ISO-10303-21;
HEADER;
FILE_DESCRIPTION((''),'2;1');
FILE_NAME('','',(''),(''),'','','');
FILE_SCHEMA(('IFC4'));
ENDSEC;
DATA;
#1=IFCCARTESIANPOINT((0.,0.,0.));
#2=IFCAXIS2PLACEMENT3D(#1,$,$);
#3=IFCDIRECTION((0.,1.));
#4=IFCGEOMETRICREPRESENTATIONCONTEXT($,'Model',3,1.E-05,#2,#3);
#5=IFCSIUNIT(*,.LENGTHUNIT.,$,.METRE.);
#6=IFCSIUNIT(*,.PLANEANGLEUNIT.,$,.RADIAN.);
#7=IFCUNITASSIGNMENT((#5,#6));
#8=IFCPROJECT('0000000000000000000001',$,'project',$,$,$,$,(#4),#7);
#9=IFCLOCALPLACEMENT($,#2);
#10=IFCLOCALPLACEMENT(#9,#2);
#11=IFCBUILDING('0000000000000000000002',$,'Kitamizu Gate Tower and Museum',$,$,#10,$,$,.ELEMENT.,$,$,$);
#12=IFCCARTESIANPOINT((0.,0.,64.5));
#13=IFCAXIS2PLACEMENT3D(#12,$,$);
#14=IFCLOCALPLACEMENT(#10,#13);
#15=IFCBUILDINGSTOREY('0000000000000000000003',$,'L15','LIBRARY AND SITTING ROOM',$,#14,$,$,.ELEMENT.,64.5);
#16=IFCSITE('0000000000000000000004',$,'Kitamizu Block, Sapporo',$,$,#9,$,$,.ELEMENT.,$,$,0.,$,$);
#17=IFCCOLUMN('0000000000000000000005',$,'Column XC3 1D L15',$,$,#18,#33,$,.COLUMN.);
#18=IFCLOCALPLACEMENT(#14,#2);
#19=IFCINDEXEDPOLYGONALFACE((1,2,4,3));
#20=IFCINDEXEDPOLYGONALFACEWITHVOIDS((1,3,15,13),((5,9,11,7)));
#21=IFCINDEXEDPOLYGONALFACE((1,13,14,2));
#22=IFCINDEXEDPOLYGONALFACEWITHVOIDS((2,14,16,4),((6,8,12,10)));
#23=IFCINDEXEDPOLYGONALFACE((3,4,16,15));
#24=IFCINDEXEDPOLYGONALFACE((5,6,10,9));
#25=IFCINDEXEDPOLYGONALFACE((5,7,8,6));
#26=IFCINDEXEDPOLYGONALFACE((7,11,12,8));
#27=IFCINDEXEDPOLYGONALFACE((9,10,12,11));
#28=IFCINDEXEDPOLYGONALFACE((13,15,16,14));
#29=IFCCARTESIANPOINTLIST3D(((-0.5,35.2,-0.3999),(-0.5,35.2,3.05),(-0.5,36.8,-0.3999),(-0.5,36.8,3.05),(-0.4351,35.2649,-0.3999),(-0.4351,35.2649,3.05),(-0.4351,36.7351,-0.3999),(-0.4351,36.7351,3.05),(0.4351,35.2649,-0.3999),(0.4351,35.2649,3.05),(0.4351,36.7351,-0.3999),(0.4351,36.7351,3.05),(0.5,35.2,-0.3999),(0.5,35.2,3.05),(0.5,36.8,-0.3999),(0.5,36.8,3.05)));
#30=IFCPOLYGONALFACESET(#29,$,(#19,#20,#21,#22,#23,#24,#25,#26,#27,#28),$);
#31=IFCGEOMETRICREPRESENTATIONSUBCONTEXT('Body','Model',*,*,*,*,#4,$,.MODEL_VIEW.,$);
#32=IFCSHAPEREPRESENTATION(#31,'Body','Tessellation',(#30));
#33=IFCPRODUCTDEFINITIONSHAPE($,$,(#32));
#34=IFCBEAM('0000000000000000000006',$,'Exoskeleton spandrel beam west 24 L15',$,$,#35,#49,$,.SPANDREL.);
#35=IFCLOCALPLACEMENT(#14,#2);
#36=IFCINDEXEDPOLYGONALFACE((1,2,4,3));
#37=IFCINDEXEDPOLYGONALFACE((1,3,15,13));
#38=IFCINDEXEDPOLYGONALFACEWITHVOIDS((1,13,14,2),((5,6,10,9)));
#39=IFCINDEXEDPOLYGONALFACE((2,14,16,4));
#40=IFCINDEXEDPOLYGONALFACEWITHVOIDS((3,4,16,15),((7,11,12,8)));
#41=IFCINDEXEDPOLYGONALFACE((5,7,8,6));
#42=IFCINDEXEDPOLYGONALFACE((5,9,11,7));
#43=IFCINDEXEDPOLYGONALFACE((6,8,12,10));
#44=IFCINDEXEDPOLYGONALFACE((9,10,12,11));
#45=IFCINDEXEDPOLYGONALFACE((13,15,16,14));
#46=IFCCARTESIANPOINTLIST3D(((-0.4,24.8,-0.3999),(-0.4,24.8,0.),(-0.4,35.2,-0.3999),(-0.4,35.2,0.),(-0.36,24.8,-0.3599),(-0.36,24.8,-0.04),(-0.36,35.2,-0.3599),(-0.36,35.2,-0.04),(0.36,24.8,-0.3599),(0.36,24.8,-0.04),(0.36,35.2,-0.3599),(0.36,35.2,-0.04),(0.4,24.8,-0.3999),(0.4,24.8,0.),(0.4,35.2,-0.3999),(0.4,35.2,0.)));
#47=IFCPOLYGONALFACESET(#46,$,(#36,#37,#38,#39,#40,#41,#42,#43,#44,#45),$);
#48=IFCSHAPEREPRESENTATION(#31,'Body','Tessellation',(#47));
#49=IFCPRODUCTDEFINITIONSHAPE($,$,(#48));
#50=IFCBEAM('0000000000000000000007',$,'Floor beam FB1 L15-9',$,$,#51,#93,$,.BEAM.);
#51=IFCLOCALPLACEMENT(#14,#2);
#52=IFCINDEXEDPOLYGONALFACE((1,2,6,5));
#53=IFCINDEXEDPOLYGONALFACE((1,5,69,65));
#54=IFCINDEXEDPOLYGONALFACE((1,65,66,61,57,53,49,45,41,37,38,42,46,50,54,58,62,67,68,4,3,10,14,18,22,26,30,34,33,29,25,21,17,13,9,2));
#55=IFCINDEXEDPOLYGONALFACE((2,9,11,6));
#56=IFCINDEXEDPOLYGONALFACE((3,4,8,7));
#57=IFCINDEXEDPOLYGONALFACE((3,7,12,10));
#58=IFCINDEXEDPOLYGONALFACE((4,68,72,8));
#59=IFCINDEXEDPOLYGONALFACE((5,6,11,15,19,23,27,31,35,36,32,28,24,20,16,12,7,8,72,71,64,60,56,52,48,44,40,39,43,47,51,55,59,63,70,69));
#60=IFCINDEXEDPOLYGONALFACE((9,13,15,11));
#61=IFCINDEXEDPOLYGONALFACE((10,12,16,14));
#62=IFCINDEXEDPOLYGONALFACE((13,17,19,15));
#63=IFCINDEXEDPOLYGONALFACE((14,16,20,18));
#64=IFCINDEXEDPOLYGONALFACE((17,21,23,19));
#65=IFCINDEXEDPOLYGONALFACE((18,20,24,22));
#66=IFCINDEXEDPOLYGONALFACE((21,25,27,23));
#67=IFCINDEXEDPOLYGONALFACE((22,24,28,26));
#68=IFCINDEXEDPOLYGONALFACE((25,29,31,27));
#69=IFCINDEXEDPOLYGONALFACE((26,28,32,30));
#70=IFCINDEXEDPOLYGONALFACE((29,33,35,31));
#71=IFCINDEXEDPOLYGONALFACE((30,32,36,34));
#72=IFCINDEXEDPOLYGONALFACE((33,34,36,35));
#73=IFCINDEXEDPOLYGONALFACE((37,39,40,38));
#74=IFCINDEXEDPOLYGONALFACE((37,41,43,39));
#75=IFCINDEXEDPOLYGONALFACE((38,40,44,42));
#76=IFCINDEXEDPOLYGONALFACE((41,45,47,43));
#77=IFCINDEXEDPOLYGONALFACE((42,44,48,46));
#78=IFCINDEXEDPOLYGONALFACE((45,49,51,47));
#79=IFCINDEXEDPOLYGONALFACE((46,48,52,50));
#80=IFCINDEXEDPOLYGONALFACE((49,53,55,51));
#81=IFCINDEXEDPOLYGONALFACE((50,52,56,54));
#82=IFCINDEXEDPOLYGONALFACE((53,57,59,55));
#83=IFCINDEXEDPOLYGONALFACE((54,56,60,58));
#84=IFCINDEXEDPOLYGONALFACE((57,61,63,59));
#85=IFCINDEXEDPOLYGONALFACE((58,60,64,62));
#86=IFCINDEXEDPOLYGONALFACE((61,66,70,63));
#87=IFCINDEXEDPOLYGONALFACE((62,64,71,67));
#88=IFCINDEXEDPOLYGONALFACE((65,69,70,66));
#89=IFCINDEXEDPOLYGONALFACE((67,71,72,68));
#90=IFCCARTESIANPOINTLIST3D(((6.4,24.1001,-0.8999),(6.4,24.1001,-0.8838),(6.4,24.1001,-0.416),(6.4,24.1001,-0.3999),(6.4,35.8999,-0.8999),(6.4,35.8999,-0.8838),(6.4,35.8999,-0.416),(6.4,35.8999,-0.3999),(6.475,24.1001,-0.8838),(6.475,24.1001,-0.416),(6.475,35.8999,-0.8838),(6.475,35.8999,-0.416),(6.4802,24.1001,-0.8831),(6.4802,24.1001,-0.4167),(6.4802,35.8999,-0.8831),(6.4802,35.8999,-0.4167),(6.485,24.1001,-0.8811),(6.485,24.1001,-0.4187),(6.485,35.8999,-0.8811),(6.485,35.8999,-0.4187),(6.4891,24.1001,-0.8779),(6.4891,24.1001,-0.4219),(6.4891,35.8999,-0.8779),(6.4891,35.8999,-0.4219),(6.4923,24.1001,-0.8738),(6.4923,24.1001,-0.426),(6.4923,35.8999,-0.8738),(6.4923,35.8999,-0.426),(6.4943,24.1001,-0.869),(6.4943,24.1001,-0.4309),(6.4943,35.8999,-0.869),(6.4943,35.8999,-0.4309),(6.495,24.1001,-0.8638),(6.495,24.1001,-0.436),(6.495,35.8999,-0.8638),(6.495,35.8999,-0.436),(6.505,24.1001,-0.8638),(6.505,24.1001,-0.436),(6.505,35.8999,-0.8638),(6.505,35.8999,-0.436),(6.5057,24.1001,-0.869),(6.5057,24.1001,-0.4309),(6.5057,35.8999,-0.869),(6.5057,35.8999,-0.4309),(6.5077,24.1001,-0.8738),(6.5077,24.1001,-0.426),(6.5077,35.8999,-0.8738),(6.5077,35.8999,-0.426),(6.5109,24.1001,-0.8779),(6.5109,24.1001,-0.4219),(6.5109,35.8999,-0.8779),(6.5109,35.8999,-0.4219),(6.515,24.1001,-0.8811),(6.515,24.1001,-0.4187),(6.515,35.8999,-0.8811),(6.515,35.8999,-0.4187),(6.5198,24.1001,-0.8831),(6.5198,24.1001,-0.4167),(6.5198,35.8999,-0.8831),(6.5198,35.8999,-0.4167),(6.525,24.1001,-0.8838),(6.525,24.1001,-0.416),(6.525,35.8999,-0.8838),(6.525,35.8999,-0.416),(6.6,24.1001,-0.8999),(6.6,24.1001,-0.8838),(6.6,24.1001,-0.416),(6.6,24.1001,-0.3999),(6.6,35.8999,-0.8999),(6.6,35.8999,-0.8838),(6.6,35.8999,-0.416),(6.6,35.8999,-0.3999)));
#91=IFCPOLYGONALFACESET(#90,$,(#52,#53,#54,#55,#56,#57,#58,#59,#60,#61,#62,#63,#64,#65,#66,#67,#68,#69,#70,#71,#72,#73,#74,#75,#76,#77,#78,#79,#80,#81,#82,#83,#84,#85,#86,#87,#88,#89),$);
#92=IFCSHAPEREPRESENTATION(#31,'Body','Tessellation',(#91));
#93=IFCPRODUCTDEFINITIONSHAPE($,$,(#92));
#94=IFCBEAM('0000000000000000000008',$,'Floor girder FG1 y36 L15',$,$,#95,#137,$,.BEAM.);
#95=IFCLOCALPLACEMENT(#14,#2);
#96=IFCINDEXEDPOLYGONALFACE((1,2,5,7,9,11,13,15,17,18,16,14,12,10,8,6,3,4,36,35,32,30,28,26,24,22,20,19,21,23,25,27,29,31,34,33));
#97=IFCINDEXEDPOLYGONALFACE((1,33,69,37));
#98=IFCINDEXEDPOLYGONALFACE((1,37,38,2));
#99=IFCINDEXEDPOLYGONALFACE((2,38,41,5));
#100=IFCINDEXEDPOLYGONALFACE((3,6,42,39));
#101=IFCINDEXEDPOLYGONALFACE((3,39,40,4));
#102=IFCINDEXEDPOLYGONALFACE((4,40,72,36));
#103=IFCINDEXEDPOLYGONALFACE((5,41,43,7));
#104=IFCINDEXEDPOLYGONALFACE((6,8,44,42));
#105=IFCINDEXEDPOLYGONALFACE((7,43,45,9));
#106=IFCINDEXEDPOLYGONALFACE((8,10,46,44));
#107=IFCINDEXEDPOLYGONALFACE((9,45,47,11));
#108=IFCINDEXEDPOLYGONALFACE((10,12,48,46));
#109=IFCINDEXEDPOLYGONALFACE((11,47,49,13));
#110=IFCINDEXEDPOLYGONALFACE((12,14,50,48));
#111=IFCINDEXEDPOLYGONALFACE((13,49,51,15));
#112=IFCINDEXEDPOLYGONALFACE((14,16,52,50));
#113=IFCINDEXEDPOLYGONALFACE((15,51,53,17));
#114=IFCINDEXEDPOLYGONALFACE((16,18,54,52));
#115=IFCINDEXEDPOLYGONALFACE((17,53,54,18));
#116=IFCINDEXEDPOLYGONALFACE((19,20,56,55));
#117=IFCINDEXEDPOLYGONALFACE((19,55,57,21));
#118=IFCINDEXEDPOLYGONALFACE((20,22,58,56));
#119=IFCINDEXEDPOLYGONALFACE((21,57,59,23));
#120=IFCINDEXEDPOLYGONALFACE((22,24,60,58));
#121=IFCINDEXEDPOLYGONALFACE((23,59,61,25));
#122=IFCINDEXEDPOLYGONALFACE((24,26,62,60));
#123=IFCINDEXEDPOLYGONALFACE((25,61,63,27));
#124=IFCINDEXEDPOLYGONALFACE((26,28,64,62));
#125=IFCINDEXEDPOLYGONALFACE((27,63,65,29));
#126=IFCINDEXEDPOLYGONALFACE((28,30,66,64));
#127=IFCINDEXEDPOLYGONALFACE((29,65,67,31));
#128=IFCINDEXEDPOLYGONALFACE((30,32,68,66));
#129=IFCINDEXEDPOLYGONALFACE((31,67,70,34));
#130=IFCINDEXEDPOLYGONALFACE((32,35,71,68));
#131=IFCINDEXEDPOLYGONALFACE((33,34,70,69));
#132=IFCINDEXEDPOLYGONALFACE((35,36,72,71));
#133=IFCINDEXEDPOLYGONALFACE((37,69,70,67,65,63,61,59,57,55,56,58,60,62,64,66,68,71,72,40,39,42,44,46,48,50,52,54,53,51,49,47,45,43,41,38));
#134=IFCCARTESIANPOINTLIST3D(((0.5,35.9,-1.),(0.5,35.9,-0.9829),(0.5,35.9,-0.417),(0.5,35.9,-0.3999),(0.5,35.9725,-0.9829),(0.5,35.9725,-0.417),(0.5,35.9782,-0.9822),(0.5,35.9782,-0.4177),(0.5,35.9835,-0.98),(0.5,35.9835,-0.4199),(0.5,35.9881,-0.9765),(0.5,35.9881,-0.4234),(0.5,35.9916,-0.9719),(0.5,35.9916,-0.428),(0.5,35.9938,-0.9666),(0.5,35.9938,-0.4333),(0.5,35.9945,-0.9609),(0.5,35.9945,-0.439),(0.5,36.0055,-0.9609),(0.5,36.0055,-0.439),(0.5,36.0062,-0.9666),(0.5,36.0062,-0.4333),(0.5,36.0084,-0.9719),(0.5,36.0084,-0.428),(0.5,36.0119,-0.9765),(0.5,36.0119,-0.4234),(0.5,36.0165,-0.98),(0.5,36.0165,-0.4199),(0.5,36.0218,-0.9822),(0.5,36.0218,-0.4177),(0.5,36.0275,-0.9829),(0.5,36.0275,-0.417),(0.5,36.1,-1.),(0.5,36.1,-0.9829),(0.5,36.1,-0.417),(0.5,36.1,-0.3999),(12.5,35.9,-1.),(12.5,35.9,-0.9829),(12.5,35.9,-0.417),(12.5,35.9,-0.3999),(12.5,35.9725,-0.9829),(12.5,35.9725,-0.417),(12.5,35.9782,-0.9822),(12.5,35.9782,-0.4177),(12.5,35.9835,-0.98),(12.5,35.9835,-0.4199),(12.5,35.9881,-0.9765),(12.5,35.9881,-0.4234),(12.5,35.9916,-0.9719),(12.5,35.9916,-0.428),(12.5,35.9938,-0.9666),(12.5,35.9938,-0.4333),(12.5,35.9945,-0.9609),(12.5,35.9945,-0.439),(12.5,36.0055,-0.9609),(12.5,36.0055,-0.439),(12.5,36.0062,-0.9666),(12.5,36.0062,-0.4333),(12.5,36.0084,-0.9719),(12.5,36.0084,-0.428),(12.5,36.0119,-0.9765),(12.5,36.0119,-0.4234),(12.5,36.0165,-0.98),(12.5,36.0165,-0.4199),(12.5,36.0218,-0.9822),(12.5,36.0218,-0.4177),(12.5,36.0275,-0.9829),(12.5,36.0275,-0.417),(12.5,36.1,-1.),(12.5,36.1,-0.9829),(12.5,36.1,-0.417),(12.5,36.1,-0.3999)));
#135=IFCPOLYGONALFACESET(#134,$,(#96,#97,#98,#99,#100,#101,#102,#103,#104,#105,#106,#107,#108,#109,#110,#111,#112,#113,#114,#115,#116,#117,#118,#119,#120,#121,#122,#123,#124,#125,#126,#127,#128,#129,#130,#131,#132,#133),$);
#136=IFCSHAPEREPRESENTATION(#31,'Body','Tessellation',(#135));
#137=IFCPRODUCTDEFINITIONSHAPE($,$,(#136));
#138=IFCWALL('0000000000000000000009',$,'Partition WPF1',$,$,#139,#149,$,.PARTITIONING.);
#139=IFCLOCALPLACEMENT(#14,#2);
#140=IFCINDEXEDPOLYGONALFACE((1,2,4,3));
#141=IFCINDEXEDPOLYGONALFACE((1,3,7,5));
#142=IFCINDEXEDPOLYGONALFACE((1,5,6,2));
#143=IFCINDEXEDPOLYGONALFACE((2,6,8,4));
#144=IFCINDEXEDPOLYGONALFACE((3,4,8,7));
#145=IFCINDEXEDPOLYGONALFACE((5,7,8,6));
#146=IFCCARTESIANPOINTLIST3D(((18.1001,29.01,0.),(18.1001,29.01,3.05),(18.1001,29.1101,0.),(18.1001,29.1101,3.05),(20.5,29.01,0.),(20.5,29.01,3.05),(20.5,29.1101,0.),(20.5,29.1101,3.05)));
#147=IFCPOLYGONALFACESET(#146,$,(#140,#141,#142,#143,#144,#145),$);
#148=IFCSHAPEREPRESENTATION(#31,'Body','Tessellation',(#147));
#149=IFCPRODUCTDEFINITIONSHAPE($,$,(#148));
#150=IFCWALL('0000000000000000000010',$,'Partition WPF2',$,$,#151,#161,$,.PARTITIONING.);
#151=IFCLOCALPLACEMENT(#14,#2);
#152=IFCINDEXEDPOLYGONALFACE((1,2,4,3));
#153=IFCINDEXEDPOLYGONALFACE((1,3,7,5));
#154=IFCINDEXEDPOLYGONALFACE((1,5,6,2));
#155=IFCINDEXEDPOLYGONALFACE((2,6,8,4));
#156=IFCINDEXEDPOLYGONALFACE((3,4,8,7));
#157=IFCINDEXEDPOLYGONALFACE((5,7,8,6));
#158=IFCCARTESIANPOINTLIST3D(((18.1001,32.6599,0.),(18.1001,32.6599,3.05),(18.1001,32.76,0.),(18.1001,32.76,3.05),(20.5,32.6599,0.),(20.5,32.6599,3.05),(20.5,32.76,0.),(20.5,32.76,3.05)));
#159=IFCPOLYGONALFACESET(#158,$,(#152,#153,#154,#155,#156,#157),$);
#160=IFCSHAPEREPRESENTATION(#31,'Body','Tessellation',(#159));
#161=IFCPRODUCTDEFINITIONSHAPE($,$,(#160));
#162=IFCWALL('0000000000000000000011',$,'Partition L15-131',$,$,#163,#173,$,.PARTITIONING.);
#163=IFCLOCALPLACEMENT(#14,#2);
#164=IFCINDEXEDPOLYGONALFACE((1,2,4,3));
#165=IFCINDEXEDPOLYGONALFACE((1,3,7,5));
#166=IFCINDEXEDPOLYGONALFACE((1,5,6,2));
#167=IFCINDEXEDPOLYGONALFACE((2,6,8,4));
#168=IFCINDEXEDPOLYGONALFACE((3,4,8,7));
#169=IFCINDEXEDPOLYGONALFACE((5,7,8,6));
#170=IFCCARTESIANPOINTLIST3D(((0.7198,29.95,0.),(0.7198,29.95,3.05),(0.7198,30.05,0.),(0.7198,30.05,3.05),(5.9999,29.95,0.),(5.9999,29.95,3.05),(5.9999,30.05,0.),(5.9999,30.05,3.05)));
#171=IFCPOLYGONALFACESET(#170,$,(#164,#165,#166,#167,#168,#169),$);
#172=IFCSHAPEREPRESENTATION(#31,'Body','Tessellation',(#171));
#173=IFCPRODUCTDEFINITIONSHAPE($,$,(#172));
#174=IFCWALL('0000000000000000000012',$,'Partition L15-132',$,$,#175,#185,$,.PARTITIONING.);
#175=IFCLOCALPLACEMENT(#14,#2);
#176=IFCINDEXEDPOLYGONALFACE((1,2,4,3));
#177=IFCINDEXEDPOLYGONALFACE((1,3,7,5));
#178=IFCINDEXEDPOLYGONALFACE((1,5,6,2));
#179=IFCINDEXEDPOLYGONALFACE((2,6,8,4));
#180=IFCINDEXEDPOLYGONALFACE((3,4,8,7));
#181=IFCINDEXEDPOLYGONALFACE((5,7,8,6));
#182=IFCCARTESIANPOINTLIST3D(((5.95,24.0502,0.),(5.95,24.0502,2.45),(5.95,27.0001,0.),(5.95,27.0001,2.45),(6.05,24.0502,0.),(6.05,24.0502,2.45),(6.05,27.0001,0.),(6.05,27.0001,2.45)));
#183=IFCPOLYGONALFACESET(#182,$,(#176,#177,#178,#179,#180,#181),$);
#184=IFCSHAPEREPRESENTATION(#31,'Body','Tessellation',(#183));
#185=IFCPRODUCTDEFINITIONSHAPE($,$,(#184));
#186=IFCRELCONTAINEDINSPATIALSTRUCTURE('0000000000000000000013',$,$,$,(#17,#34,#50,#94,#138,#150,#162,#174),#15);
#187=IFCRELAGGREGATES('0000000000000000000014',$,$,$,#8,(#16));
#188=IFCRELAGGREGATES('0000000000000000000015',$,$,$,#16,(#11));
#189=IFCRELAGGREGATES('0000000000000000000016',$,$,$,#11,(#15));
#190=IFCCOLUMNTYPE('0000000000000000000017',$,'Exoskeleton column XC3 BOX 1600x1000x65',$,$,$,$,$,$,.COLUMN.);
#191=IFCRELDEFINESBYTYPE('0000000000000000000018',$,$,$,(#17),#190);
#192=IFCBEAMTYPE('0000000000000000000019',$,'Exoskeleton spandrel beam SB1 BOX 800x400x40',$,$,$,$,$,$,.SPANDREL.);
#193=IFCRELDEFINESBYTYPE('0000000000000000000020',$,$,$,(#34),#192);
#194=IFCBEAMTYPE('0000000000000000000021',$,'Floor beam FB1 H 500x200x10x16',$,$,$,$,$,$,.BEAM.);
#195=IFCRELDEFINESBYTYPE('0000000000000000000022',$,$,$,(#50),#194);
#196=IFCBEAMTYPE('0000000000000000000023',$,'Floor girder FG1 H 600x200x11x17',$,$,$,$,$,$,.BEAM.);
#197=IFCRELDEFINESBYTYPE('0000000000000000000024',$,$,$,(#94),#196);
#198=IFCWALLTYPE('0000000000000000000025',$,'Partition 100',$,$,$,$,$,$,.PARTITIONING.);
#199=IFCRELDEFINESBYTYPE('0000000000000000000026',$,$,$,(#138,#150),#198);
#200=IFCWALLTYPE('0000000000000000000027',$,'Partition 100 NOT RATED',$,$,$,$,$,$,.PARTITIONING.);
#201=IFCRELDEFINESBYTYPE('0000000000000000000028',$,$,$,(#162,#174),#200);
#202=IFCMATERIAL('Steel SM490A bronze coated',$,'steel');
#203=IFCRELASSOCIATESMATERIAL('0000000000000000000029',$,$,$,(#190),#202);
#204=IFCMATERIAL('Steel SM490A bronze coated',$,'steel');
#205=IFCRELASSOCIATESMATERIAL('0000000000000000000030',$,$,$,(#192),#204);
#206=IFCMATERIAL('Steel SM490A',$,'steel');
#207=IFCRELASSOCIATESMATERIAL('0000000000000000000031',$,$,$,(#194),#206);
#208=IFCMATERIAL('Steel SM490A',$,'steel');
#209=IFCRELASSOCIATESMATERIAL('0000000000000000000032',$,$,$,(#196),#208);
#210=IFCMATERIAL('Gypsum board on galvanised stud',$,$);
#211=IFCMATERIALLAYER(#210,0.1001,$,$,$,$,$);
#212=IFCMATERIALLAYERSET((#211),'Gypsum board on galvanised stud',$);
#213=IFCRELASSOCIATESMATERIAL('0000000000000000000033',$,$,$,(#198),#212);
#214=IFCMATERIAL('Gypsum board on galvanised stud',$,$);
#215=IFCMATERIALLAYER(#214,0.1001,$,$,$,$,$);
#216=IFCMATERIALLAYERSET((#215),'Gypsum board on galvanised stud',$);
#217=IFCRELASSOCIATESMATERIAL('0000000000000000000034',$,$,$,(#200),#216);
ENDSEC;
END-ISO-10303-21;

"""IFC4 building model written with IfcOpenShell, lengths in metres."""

from ifc_helpers import new_model, si_unit, direction, frame, frame_2d, origin, origin_2d, place, context, subcontext, project, spatial, rectangle, hollow_rectangle, i_section, extrude, material, layer, layer_set, material_profile, profile_set, type_object, element, save


model = new_model("IFC4")

# Units and contexts
model_context = context("Model", 3, precision=1e-05, world=origin(), true_north=direction((0.0, 1.0)))
body_context = subcontext(model_context, "Body", "Model", "MODEL_VIEW")
ifc_project = project(units=[si_unit("LENGTHUNIT", "METRE"), si_unit("PLANEANGLEUNIT", "RADIAN")], contexts=[model_context])

# Site, building, storey
site_placement = place(None, origin())
site = spatial("IfcSite", under=ifc_project, at=site_placement, Name="Kitamizu Block, Sapporo", CompositionType="ELEMENT", RefElevation=0.0)
building_placement = place(site_placement, origin())
building = spatial("IfcBuilding", under=site, at=building_placement, Name="Kitamizu Gate Tower and Museum", CompositionType="ELEMENT")
storey_placement = place(building_placement, frame((0.0, 0.0, 64.5)))
storey = spatial("IfcBuildingStorey", under=building, at=storey_placement, Name="L15", Description="LIBRARY AND SITTING ROOM", CompositionType="ELEMENT", Elevation=64.5)

# Column
ifc_material_1 = material(Name="Steel SM490A bronze coated", Category="steel")
ifc_material_profile_1 = material_profile(ifc_material_1, hollow_rectangle(XDim=1.6001, YDim=1.0, WallThickness=0.0649, at=origin_2d()), Name="BOX 1600x1000x65")
ifc_profile_set_1 = profile_set([ifc_material_profile_1], Name="Steel SM490A bronze coated")
column_type = type_object("IfcColumnType", Name="Exoskeleton column XC3 BOX 1600x1000x65", PredefinedType="COLUMN", material=ifc_profile_set_1)
column_placement = place(storey_placement, frame((0.0, 36.0, -0.3999), z_axis=(0.0, 0.0, 1.0), x_axis=(0.0, 1.0, 0.0)))
element("IfcColumn", 1, at=column_placement, inside=storey, type_object=column_type, Name="Column XC3 1D L15", PredefinedType="COLUMN", context=body_context, shape_type="SweptSolid", body=[
    extrude(hollow_rectangle(XDim=1.6001, YDim=1.0, WallThickness=0.0649, at=origin_2d()), origin(), (0.0, 0.0, 1.0), 3.45),
])

# Beams
ifc_material_2 = material(Name="Steel SM490A bronze coated", Category="steel")
ifc_material_profile_2 = material_profile(ifc_material_2, hollow_rectangle(XDim=0.8, YDim=0.3999, WallThickness=0.04, at=origin_2d()), Name="BOX 800x400x40")
ifc_profile_set_2 = profile_set([ifc_material_profile_2], Name="Steel SM490A bronze coated")
beam_type_1 = type_object("IfcBeamType", Name="Exoskeleton spandrel beam SB1 BOX 800x400x40", PredefinedType="SPANDREL", material=ifc_profile_set_2)
beam_1_placement = place(storey_placement, frame((0.0, 24.8, -0.2), z_axis=(0.0, 1.0, 0.0), x_axis=(-1.0, 0.0, 0.0)))
element("IfcBeam", 2, at=beam_1_placement, inside=storey, type_object=beam_type_1, Name="Exoskeleton spandrel beam west 24 L15", PredefinedType="SPANDREL", context=body_context, shape_type="SweptSolid", body=[
    extrude(hollow_rectangle(XDim=0.8, YDim=0.3999, WallThickness=0.04, at=origin_2d()), origin(), (0.0, 0.0, 1.0), 10.3999),
])
ifc_material_3 = material(Name="Steel SM490A", Category="steel")
ifc_material_profile_3 = material_profile(ifc_material_3, i_section(OverallWidth=0.2, OverallDepth=0.5, WebThickness=0.01, FlangeThickness=0.0161, FilletRadius=0.02, at=origin_2d()), Name="H-500x200x10x16")
ifc_profile_set_3 = profile_set([ifc_material_profile_3], Name="Steel SM490A")
beam_type_2 = type_object("IfcBeamType", Name="Floor beam FB1 H 500x200x10x16", PredefinedType="BEAM", material=ifc_profile_set_3)
beam_2_placement = place(storey_placement, frame((6.5, 24.1001, -0.6499), z_axis=(0.0, 1.0, 0.0), x_axis=(-1.0, 0.0, 0.0)))
element("IfcBeam", 3, at=beam_2_placement, inside=storey, type_object=beam_type_2, Name="Floor beam FB1 L15-9", PredefinedType="BEAM", context=body_context, shape_type="SweptSolid", body=[
    extrude(i_section(OverallWidth=0.2, OverallDepth=0.5, WebThickness=0.01, FlangeThickness=0.0161, FilletRadius=0.02, at=origin_2d()), origin(), (0.0, 0.0, 1.0), 11.7998),
])
ifc_material_4 = material(Name="Steel SM490A", Category="steel")
ifc_material_profile_4 = material_profile(ifc_material_4, i_section(OverallWidth=0.2, OverallDepth=0.6001, WebThickness=0.011, FlangeThickness=0.0171, FilletRadius=0.022, at=origin_2d()), Name="H-600x200x11x17")
ifc_profile_set_4 = profile_set([ifc_material_profile_4], Name="Steel SM490A")
beam_type_3 = type_object("IfcBeamType", Name="Floor girder FG1 H 600x200x11x17", PredefinedType="BEAM", material=ifc_profile_set_4)
beam_3_placement = place(storey_placement, frame((0.5, 36.0, -0.7), z_axis=(1.0, 0.0, 0.0), x_axis=(0.0, 1.0, 0.0)))
element("IfcBeam", 4, at=beam_3_placement, inside=storey, type_object=beam_type_3, Name="Floor girder FG1 y36 L15", PredefinedType="BEAM", context=body_context, shape_type="SweptSolid", body=[
    extrude(i_section(OverallWidth=0.2, OverallDepth=0.6001, WebThickness=0.011, FlangeThickness=0.0171, FilletRadius=0.022, at=origin_2d()), origin(), (0.0, 0.0, 1.0), 12.0),
])

# Walls
ifc_material_5 = material(Name="Gypsum board on galvanised stud")
ifc_layer_1 = layer(ifc_material_5, 0.1001)
ifc_layer_set_1 = layer_set([ifc_layer_1], Name="Gypsum board on galvanised stud")
wall_type_1 = type_object("IfcWallType", Name="Partition 100", PredefinedType="PARTITIONING", material=ifc_layer_set_1)
for number, where, z_axis, x_axis, name in (
    (5, (18.1001, 29.0601, 0.0), (0.0, 0.0, 1.0), (1.0, 0.0, 0.0), "Partition WPF1"),
    (6, (18.1001, 32.71, 0.0), (0.0, 0.0, 1.0), (1.0, 0.0, 0.0), "Partition WPF2"),
):
    element("IfcWall", number, at=place(storey_placement, frame(where, z_axis=z_axis, x_axis=x_axis)), inside=storey, type_object=wall_type_1, Name=name, PredefinedType="PARTITIONING", context=body_context, shape_type="SweptSolid", body=[
        extrude(rectangle(XDim=2.3999, YDim=0.1001, at=frame_2d((1.2, 0.0))), origin(), (0.0, 0.0, 1.0), 3.05),
    ])
ifc_material_6 = material(Name="Gypsum board on galvanised stud")
ifc_layer_2 = layer(ifc_material_6, 0.1001)
ifc_layer_set_2 = layer_set([ifc_layer_2], Name="Gypsum board on galvanised stud")
wall_type_2 = type_object("IfcWallType", Name="Partition 100 NOT RATED", PredefinedType="PARTITIONING", material=ifc_layer_set_2)
wall_1_placement = place(storey_placement, frame((6.0, 30.0, 0.0), z_axis=(0.0, 0.0, 1.0), x_axis=(-1.0, 0.0, 0.0)))
element("IfcWall", 7, at=wall_1_placement, inside=storey, type_object=wall_type_2, Name="Partition L15-131", PredefinedType="PARTITIONING", context=body_context, shape_type="SweptSolid", body=[
    extrude(rectangle(XDim=5.28, YDim=0.1001, at=frame_2d((2.6401, 0.0))), origin(), (0.0, 0.0, 1.0), 3.05),
])
wall_2_placement = place(storey_placement, frame((6.0, 24.05, 0.0), z_axis=(0.0, 0.0, 1.0), x_axis=(0.0, 1.0, 0.0)))
element("IfcWall", 8, at=wall_2_placement, inside=storey, type_object=wall_type_2, Name="Partition L15-132", PredefinedType="PARTITIONING", context=body_context, shape_type="SweptSolid", body=[
    extrude(rectangle(XDim=2.95, YDim=0.1001, at=frame_2d((1.4751, 0.0))), origin(), (0.0, 0.0, 1.0), 2.45),
])

save(model, "model.ifc")
